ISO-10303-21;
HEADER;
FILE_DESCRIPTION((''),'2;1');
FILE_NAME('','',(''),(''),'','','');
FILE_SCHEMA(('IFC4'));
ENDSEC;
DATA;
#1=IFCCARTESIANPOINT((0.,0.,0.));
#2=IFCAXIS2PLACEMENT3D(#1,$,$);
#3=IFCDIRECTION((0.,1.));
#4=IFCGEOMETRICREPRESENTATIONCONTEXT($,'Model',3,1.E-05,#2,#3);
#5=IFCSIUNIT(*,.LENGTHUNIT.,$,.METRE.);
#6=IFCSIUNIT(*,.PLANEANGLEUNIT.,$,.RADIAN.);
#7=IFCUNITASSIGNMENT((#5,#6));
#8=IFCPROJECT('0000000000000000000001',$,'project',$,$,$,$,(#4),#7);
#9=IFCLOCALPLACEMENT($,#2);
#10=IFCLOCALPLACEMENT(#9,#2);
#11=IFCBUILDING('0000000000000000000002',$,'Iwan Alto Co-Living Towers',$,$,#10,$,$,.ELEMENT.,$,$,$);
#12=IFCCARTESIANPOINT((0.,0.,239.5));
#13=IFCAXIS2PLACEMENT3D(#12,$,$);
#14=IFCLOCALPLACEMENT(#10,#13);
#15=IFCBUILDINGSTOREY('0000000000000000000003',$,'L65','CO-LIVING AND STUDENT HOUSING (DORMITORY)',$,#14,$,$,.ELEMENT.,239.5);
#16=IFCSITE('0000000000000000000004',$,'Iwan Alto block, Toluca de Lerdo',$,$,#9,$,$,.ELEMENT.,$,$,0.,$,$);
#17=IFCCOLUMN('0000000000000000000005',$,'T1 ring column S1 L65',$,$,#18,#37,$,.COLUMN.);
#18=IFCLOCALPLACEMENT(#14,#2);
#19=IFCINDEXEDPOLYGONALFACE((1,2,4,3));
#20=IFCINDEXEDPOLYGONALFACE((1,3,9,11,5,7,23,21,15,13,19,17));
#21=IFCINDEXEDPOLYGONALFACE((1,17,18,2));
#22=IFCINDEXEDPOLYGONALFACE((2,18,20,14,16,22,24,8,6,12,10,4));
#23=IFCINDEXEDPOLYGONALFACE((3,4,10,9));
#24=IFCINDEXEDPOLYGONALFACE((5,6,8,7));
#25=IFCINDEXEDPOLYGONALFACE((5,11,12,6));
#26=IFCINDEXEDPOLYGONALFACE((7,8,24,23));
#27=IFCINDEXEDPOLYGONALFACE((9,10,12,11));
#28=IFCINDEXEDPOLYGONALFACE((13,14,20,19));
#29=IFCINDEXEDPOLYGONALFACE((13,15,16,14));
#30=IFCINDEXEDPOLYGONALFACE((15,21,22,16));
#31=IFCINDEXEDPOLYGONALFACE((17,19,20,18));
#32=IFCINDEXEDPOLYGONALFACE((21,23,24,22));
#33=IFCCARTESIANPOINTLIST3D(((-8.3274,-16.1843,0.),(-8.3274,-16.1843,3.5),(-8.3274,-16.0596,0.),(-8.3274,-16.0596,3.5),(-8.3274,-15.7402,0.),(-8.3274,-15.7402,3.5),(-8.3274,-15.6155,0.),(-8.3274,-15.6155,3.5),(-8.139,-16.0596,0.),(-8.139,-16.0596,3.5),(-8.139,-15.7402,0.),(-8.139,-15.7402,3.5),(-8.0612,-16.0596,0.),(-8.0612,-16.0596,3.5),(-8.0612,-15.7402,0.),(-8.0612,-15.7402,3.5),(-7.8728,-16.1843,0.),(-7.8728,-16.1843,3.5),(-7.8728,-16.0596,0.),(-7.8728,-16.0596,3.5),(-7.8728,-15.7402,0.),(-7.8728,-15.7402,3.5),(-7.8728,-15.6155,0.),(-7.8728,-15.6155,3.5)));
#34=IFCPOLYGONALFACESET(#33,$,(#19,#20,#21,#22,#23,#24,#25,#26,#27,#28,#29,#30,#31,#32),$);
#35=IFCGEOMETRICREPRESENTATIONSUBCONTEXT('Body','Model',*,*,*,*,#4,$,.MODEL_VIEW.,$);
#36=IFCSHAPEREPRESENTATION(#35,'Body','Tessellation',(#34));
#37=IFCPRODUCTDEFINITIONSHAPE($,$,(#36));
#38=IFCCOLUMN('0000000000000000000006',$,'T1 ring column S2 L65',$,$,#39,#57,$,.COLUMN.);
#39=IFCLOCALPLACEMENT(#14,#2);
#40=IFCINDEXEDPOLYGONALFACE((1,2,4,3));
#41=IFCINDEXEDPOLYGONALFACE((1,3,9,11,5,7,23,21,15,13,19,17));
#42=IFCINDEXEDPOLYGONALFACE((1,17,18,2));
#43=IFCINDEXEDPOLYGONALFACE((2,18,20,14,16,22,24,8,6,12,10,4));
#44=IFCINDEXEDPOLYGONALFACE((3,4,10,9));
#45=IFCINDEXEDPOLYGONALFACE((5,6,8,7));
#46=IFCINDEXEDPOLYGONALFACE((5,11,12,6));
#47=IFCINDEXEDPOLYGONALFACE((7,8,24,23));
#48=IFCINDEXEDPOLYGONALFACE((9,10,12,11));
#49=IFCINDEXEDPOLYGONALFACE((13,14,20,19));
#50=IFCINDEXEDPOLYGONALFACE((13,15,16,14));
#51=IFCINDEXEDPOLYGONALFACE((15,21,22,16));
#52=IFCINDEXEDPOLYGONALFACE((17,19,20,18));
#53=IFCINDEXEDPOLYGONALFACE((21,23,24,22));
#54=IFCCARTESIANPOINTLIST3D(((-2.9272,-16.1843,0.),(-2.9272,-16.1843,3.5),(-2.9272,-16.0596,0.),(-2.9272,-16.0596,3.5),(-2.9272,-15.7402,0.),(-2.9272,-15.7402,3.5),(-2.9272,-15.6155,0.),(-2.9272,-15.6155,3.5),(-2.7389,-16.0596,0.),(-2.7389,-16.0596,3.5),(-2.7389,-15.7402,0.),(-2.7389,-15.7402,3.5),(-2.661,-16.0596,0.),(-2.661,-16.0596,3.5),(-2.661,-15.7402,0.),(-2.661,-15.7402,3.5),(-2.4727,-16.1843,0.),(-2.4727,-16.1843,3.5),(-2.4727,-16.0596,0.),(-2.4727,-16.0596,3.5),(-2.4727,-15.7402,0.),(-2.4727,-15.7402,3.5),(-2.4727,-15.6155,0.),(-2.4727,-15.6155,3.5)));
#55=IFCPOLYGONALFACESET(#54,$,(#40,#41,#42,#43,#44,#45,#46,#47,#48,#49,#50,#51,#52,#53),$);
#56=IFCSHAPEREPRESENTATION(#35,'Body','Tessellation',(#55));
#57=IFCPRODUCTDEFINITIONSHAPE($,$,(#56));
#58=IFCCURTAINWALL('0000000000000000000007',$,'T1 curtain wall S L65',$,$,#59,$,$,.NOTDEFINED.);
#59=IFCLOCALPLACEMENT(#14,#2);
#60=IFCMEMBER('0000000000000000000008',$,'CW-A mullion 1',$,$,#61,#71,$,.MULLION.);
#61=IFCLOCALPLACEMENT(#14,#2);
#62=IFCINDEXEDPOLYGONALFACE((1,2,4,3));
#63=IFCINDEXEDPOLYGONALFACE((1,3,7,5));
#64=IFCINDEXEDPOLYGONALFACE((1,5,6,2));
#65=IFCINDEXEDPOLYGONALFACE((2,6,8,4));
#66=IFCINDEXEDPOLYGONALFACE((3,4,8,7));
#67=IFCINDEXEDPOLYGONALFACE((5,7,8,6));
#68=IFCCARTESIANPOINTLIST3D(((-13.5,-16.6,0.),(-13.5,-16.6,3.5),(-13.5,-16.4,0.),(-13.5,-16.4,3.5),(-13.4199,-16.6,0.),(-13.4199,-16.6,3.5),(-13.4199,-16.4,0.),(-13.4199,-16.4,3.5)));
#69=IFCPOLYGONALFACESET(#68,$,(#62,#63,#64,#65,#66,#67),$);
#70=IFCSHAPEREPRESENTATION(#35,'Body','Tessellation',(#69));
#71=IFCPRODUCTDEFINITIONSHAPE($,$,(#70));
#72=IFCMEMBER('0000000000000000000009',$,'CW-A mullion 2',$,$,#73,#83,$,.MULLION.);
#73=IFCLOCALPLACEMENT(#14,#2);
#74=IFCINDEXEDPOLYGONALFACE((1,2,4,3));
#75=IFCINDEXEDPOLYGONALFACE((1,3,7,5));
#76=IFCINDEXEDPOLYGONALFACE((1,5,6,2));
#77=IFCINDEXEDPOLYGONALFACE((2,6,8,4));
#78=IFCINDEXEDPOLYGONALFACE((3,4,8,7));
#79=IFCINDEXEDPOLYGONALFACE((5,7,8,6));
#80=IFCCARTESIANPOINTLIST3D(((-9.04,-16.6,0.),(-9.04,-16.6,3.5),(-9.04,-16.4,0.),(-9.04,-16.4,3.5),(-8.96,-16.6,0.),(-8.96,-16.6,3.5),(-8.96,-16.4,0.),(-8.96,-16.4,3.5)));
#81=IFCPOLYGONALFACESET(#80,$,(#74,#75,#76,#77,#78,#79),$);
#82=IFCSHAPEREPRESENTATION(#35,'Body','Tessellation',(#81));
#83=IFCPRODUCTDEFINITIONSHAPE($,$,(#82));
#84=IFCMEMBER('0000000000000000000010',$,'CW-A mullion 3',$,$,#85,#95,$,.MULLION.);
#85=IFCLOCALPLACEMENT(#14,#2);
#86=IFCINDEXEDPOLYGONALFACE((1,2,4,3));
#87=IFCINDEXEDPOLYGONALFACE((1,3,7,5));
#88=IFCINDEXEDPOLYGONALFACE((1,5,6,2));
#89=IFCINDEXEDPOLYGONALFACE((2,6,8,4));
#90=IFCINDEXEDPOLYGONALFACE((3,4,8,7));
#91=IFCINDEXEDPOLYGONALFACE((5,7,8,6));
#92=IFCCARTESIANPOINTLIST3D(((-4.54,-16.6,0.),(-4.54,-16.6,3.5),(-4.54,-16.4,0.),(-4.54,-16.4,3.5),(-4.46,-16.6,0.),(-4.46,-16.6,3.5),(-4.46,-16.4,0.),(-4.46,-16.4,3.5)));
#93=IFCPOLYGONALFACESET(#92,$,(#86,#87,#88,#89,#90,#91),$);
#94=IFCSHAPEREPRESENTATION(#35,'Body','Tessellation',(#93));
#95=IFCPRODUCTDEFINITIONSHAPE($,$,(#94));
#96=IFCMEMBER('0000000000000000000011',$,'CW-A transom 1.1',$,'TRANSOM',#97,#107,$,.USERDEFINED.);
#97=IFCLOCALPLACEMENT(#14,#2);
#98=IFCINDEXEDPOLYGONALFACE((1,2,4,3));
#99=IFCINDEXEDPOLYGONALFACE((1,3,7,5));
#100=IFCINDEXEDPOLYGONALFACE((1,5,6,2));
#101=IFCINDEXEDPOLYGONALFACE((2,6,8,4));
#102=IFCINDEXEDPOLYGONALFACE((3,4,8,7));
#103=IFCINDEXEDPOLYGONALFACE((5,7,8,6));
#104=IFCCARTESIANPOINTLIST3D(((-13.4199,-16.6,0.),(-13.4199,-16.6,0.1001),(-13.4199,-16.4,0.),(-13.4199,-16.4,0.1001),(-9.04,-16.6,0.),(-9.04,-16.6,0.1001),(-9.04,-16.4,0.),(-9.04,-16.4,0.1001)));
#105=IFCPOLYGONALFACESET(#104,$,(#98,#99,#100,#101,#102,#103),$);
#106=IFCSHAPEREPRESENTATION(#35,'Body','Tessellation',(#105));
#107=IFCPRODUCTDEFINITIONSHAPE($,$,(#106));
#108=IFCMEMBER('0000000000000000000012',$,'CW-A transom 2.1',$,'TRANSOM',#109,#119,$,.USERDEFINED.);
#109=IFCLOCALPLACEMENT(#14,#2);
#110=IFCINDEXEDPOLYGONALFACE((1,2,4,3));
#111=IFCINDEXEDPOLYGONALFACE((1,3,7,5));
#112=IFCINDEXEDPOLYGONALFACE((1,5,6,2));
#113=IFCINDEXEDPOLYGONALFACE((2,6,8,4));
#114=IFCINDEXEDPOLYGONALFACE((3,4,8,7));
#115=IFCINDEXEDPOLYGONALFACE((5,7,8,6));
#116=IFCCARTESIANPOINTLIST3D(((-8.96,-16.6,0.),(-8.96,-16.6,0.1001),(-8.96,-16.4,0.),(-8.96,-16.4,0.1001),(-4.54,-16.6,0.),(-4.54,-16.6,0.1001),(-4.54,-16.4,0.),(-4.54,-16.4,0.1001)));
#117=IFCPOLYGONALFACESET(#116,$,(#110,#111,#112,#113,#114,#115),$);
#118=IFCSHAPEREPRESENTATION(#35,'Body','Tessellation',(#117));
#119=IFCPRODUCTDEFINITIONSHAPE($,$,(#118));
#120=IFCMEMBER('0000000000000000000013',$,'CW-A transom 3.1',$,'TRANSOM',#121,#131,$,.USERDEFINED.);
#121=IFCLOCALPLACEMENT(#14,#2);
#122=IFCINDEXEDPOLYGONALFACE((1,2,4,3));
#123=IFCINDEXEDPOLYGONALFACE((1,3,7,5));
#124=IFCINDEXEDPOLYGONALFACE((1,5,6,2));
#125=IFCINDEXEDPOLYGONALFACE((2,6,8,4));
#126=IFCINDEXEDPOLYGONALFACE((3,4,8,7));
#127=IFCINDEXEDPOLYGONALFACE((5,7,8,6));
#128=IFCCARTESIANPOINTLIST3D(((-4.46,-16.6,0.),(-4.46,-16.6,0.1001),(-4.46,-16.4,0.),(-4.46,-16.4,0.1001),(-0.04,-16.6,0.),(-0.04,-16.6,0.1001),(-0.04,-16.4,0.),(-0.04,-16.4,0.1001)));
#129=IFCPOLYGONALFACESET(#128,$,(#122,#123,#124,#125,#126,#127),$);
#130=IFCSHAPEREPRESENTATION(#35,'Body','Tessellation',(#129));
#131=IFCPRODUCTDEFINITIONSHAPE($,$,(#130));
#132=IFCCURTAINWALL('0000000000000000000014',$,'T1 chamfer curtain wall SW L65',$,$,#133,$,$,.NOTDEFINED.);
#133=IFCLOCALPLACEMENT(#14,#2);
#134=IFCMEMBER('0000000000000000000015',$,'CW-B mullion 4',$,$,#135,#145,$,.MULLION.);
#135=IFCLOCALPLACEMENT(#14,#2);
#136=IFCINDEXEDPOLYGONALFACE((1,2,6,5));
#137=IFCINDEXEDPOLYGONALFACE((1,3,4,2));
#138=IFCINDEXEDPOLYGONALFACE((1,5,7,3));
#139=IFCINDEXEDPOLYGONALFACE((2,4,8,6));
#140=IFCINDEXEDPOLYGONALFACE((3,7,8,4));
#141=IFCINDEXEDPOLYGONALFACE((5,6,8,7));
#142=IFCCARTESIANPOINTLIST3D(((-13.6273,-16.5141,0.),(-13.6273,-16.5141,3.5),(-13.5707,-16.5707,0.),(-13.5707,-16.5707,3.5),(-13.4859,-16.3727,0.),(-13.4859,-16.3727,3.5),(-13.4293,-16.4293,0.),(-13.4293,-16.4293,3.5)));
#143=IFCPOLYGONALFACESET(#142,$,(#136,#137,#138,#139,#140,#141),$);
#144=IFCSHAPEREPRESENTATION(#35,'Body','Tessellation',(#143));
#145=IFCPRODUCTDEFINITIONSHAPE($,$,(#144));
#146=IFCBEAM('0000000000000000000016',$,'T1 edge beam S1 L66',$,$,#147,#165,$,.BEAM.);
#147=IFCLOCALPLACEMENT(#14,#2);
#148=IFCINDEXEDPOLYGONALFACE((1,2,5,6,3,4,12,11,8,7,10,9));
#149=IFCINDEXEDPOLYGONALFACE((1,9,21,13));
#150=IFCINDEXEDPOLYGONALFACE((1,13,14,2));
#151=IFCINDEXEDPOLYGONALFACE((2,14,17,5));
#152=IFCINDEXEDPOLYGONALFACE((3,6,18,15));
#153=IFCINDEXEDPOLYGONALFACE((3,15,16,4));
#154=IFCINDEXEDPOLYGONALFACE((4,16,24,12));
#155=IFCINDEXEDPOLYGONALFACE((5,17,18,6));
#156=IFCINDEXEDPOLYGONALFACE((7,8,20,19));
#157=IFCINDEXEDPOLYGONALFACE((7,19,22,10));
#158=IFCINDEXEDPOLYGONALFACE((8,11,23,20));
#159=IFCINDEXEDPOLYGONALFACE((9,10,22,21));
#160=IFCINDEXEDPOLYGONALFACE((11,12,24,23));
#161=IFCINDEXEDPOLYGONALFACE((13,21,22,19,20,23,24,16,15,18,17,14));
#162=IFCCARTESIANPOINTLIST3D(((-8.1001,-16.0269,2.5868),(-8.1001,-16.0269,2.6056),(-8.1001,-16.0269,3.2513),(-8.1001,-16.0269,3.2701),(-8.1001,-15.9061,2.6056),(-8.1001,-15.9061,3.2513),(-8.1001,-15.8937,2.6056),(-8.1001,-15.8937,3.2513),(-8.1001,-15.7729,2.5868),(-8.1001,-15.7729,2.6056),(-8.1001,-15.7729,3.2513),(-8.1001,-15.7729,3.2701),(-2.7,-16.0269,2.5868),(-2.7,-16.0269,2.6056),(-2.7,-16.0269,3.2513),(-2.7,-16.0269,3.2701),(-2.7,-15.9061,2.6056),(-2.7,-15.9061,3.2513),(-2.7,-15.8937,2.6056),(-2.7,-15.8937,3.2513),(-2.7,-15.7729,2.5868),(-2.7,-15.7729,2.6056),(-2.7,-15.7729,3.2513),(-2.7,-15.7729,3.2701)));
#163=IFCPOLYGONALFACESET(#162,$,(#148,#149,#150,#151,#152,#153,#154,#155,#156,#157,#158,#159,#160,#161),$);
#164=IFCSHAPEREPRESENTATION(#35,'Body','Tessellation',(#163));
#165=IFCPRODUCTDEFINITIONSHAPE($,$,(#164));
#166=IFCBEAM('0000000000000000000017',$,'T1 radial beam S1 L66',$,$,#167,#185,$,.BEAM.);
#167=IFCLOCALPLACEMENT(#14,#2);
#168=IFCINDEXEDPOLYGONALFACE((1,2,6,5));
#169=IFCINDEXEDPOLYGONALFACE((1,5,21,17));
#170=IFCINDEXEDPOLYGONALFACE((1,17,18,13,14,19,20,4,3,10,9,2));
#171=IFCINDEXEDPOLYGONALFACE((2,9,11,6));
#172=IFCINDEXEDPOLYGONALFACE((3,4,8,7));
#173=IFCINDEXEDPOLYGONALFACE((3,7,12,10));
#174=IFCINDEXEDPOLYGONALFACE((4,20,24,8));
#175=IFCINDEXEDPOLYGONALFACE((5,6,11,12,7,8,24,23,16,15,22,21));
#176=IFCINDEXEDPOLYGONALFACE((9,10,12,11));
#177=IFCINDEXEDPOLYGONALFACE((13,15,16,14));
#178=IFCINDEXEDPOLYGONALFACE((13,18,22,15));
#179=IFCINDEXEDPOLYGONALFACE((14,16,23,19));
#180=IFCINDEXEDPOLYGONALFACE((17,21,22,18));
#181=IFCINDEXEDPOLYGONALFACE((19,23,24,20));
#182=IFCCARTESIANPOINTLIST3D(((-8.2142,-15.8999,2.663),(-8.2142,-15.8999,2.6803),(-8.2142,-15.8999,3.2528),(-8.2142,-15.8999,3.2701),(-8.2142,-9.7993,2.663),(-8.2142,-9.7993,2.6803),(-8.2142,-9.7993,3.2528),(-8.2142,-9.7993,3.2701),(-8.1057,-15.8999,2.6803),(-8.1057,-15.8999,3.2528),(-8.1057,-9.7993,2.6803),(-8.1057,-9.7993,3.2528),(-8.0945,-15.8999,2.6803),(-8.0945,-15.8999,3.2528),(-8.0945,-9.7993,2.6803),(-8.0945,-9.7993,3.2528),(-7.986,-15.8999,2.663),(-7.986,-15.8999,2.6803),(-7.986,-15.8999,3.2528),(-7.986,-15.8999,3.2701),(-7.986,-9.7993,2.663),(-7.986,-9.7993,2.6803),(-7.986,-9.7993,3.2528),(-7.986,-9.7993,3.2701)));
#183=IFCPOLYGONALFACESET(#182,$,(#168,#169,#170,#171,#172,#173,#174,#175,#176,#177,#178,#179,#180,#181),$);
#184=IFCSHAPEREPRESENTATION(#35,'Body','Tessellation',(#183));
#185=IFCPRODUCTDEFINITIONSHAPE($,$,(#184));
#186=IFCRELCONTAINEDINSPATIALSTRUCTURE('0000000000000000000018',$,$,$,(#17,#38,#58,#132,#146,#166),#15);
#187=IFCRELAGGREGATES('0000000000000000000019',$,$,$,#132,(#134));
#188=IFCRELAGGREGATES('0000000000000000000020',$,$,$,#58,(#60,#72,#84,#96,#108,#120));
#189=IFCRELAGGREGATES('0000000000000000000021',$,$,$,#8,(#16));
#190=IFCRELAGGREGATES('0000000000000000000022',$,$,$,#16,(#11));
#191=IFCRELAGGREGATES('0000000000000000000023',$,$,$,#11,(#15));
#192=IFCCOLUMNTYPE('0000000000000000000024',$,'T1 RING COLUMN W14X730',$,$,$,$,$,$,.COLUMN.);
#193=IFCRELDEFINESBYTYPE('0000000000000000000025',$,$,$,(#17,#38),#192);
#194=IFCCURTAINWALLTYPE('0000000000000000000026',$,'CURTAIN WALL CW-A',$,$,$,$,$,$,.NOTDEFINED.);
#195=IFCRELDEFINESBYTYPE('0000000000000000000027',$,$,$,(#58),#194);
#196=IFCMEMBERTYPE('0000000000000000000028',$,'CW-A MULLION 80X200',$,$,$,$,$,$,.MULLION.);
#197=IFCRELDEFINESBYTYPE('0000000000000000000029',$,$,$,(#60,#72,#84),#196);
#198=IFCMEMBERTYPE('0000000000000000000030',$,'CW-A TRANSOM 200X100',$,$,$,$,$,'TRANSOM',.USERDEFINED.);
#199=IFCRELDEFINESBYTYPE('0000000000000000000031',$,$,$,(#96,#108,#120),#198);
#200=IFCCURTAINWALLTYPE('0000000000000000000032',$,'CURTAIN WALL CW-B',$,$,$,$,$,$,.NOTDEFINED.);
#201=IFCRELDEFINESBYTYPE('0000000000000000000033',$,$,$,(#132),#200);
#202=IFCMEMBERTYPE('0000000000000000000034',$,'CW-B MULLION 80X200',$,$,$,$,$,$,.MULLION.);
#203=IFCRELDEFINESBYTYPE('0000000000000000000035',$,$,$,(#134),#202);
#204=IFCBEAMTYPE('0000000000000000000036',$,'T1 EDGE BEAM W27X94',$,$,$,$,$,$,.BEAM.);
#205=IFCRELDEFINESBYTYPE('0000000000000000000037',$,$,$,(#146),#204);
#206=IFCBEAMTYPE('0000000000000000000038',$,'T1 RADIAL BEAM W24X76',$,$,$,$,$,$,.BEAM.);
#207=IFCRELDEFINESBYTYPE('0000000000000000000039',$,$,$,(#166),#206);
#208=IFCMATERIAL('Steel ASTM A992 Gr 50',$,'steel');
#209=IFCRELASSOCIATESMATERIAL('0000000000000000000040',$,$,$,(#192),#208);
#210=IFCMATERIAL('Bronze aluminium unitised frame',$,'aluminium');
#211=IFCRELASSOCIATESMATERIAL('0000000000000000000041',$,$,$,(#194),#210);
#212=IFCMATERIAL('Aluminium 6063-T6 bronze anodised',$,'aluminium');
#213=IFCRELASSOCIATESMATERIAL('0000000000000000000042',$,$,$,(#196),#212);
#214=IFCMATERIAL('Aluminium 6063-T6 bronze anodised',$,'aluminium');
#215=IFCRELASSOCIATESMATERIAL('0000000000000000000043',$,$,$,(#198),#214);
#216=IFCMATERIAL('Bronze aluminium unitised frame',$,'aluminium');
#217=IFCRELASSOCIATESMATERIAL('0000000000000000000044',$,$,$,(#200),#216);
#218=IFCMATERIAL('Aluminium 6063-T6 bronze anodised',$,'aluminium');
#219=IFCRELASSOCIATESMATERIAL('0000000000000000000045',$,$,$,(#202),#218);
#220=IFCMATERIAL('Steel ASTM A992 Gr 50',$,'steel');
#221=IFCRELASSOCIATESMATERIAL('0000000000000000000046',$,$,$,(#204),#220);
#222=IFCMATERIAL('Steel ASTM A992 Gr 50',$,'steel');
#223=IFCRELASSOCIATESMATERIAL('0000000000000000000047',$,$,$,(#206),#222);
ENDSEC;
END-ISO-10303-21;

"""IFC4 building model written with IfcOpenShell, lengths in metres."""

from ifc_helpers import new_model, si_unit, direction, frame, origin, origin_2d, place, context, subcontext, project, spatial, rectangle, i_section, extrude, material, material_profile, profile_set, type_object, element, aggregate, save


model = new_model("IFC4")

# Units and contexts
model_context = context("Model", 3, precision=1e-05, world=origin(), true_north=direction((0.0, 1.0)))
body_context = subcontext(model_context, "Body", "Model", "MODEL_VIEW")
ifc_project = project(units=[si_unit("LENGTHUNIT", "METRE"), si_unit("PLANEANGLEUNIT", "RADIAN")], contexts=[model_context])

# Site, building, storey
site_placement = place(None, origin())
site = spatial("IfcSite", under=ifc_project, at=site_placement, Name="Iwan Alto block, Toluca de Lerdo", CompositionType="ELEMENT", RefElevation=0.0)
building_placement = place(site_placement, origin())
building = spatial("IfcBuilding", under=site, at=building_placement, Name="Iwan Alto Co-Living Towers", CompositionType="ELEMENT")
storey_placement = place(building_placement, frame((0.0, 0.0, 239.5)))
storey = spatial("IfcBuildingStorey", under=building, at=storey_placement, Name="L65", Description="CO-LIVING AND STUDENT HOUSING (DORMITORY)", CompositionType="ELEMENT", Elevation=239.5)

# Columns
ifc_material_1 = material(Name="Steel ASTM A992 Gr 50", Category="steel")
ifc_material_profile_1 = material_profile(ifc_material_1, i_section(OverallWidth=0.4546, OverallDepth=0.5688, WebThickness=0.0779, FlangeThickness=0.1248, at=origin_2d()), Name="W14X730")
ifc_profile_set_1 = profile_set([ifc_material_profile_1], Name="Steel ASTM A992 Gr 50")
column_type = type_object("IfcColumnType", Name="T1 RING COLUMN W14X730", PredefinedType="COLUMN", material=ifc_profile_set_1)
for number, where, z_axis, x_axis, name in (
    (1, (-8.1001, -15.8999, 0.0), (0.0, 0.0, 1.0), (1.0, 0.0, 0.0), "T1 ring column S1 L65"),
    (2, (-2.7, -15.8999, 0.0), (0.0, 0.0, 1.0), (1.0, 0.0, 0.0), "T1 ring column S2 L65"),
):
    element("IfcColumn", number, at=place(storey_placement, frame(where, z_axis=z_axis, x_axis=x_axis)), inside=storey, type_object=column_type, Name=name, PredefinedType="COLUMN", context=body_context, shape_type="SweptSolid", body=[
        extrude(i_section(OverallWidth=0.4546, OverallDepth=0.5688, WebThickness=0.0779, FlangeThickness=0.1248, at=origin_2d()), origin(), (0.0, 0.0, 1.0), 3.5),
    ])

# Curtain wall, members
ifc_material_2 = material(Name="Bronze aluminium unitised frame", Category="aluminium")
curtain_wall_type_1 = type_object("IfcCurtainWallType", Name="CURTAIN WALL CW-A", PredefinedType="NOTDEFINED", material=ifc_material_2)
curtain_wall_1_placement = place(storey_placement, origin())
curtain_wall_1 = element("IfcCurtainWall", 3, at=curtain_wall_1_placement, inside=storey, type_object=curtain_wall_type_1, Name="T1 curtain wall S L65", PredefinedType="NOTDEFINED")
ifc_material_3 = material(Name="Aluminium 6063-T6 bronze anodised", Category="aluminium")
ifc_material_profile_2 = material_profile(ifc_material_3, rectangle(XDim=0.2, YDim=0.0801, at=origin_2d()), Name="AL 80X200")
ifc_profile_set_2 = profile_set([ifc_material_profile_2], Name="Aluminium 6063-T6 bronze anodised")
member_type_1 = type_object("IfcMemberType", Name="CW-A MULLION 80X200", PredefinedType="MULLION", material=ifc_profile_set_2)
member_1_placement = place(storey_placement, frame((-13.46, -16.5, 0.0), z_axis=(0.0, 0.0, 1.0), x_axis=(0.0, 1.0, 0.0)))
member_1 = element("IfcMember", 4, at=member_1_placement, type_object=member_type_1, Name="CW-A mullion 1", PredefinedType="MULLION", context=body_context, shape_type="SweptSolid", body=[
    extrude(rectangle(XDim=0.2, YDim=0.0801, at=origin_2d()), origin(), (0.0, 0.0, 1.0), 3.5),
])
member_2_placement = place(storey_placement, frame((-9.0, -16.5, 0.0), z_axis=(0.0, 0.0, 1.0), x_axis=(0.0, 1.0, 0.0)))
member_2 = element("IfcMember", 5, at=member_2_placement, type_object=member_type_1, Name="CW-A mullion 2", PredefinedType="MULLION", context=body_context, shape_type="SweptSolid", body=[
    extrude(rectangle(XDim=0.2, YDim=0.0801, at=origin_2d()), origin(), (0.0, 0.0, 1.0), 3.5),
])
member_3_placement = place(storey_placement, frame((-4.5, -16.5, 0.0), z_axis=(0.0, 0.0, 1.0), x_axis=(0.0, 1.0, 0.0)))
member_3 = element("IfcMember", 6, at=member_3_placement, type_object=member_type_1, Name="CW-A mullion 3", PredefinedType="MULLION", context=body_context, shape_type="SweptSolid", body=[
    extrude(rectangle(XDim=0.2, YDim=0.0801, at=origin_2d()), origin(), (0.0, 0.0, 1.0), 3.5),
])
ifc_material_4 = material(Name="Aluminium 6063-T6 bronze anodised", Category="aluminium")
ifc_material_profile_3 = material_profile(ifc_material_4, rectangle(XDim=0.2, YDim=0.1001, at=origin_2d()), Name="AL 200X100")
ifc_profile_set_3 = profile_set([ifc_material_profile_3], Name="Aluminium 6063-T6 bronze anodised")
member_type_2 = type_object("IfcMemberType", Name="CW-A TRANSOM 200X100", ElementType="TRANSOM", PredefinedType="USERDEFINED", material=ifc_profile_set_3)
member_4_placement = place(storey_placement, frame((-13.4199, -16.5, 0.05), z_axis=(1.0, 0.0, 0.0), x_axis=(0.0, 1.0, 0.0)))
member_4 = element("IfcMember", 7, at=member_4_placement, type_object=member_type_2, Name="CW-A transom 1.1", ObjectType="TRANSOM", PredefinedType="USERDEFINED", context=body_context, shape_type="SweptSolid", body=[
    extrude(rectangle(XDim=0.2, YDim=0.1001, at=origin_2d()), origin(), (0.0, 0.0, 1.0), 4.3799),
])
member_5_placement = place(storey_placement, frame((-8.96, -16.5, 0.05), z_axis=(1.0, 0.0, 0.0), x_axis=(0.0, 1.0, 0.0)))
member_5 = element("IfcMember", 8, at=member_5_placement, type_object=member_type_2, Name="CW-A transom 2.1", ObjectType="TRANSOM", PredefinedType="USERDEFINED", context=body_context, shape_type="SweptSolid", body=[
    extrude(rectangle(XDim=0.2, YDim=0.1001, at=origin_2d()), origin(), (0.0, 0.0, 1.0), 4.4199),
])
member_6_placement = place(storey_placement, frame((-4.46, -16.5, 0.05), z_axis=(1.0, 0.0, 0.0), x_axis=(0.0, 1.0, 0.0)))
member_6 = element("IfcMember", 9, at=member_6_placement, type_object=member_type_2, Name="CW-A transom 3.1", ObjectType="TRANSOM", PredefinedType="USERDEFINED", context=body_context, shape_type="SweptSolid", body=[
    extrude(rectangle(XDim=0.2, YDim=0.1001, at=origin_2d()), origin(), (0.0, 0.0, 1.0), 4.4199),
])

# Curtain wall, member
ifc_material_5 = material(Name="Bronze aluminium unitised frame", Category="aluminium")
curtain_wall_type_2 = type_object("IfcCurtainWallType", Name="CURTAIN WALL CW-B", PredefinedType="NOTDEFINED", material=ifc_material_5)
curtain_wall_2_placement = place(storey_placement, origin())
curtain_wall_2 = element("IfcCurtainWall", 10, at=curtain_wall_2_placement, inside=storey, type_object=curtain_wall_type_2, Name="T1 chamfer curtain wall SW L65", PredefinedType="NOTDEFINED")
ifc_material_6 = material(Name="Aluminium 6063-T6 bronze anodised", Category="aluminium")
ifc_material_profile_4 = material_profile(ifc_material_6, rectangle(XDim=0.2, YDim=0.0801, at=origin_2d()), Name="AL 80X200")
ifc_profile_set_4 = profile_set([ifc_material_profile_4], Name="Aluminium 6063-T6 bronze anodised")
member_type_3 = type_object("IfcMemberType", Name="CW-B MULLION 80X200", PredefinedType="MULLION", material=ifc_profile_set_4)
member_7_placement = place(storey_placement, frame((-13.5283, -16.4717, 0.0), z_axis=(0.0, 0.0, 1.0), x_axis=(0.707107, 0.707107, 0.0)))
member_7 = element("IfcMember", 11, at=member_7_placement, type_object=member_type_3, Name="CW-B mullion 4", PredefinedType="MULLION", context=body_context, shape_type="SweptSolid", body=[
    extrude(rectangle(XDim=0.2, YDim=0.0801, at=origin_2d()), origin(), (0.0, 0.0, 1.0), 3.5),
])
aggregate(curtain_wall_2, [member_7])

# Beams
ifc_material_7 = material(Name="Steel ASTM A992 Gr 50", Category="steel")
ifc_material_profile_5 = material_profile(ifc_material_7, i_section(OverallWidth=0.2539, OverallDepth=0.6833, WebThickness=0.0125, FlangeThickness=0.0188, at=origin_2d()), Name="W27X94")
ifc_profile_set_5 = profile_set([ifc_material_profile_5], Name="Steel ASTM A992 Gr 50")
beam_type_1 = type_object("IfcBeamType", Name="T1 EDGE BEAM W27X94", PredefinedType="BEAM", material=ifc_profile_set_5)
beam_1_placement = place(storey_placement, frame((-8.1001, -15.8999, 2.9285), z_axis=(1.0, 0.0, 0.0), x_axis=(0.0, 1.0, 0.0)))
element("IfcBeam", 12, at=beam_1_placement, inside=storey, type_object=beam_type_1, Name="T1 edge beam S1 L66", PredefinedType="BEAM", context=body_context, shape_type="SweptSolid", body=[
    extrude(i_section(OverallWidth=0.2539, OverallDepth=0.6833, WebThickness=0.0125, FlangeThickness=0.0188, at=origin_2d()), origin(), (0.0, 0.0, 1.0), 5.4001),
])
ifc_material_8 = material(Name="Steel ASTM A992 Gr 50", Category="steel")
ifc_material_profile_6 = material_profile(ifc_material_8, i_section(OverallWidth=0.2283, OverallDepth=0.6072, WebThickness=0.0112, FlangeThickness=0.0173, at=origin_2d()), Name="W24X76")
ifc_profile_set_6 = profile_set([ifc_material_profile_6], Name="Steel ASTM A992 Gr 50")
beam_type_2 = type_object("IfcBeamType", Name="T1 RADIAL BEAM W24X76", PredefinedType="BEAM", material=ifc_profile_set_6)
beam_2_placement = place(storey_placement, frame((-8.1001, -15.8999, 2.9666), z_axis=(0.0, 1.0, 0.0), x_axis=(-1.0, 0.0, 0.0)))
element("IfcBeam", 13, at=beam_2_placement, inside=storey, type_object=beam_type_2, Name="T1 radial beam S1 L66", PredefinedType="BEAM", context=body_context, shape_type="SweptSolid", body=[
    extrude(i_section(OverallWidth=0.2283, OverallDepth=0.6072, WebThickness=0.0112, FlangeThickness=0.0173, at=origin_2d()), origin(), (0.0, 0.0, 1.0), 6.1006),
])

aggregate(curtain_wall_1, [member_1, member_2, member_3, member_4, member_5, member_6])

save(model, "model.ifc")
